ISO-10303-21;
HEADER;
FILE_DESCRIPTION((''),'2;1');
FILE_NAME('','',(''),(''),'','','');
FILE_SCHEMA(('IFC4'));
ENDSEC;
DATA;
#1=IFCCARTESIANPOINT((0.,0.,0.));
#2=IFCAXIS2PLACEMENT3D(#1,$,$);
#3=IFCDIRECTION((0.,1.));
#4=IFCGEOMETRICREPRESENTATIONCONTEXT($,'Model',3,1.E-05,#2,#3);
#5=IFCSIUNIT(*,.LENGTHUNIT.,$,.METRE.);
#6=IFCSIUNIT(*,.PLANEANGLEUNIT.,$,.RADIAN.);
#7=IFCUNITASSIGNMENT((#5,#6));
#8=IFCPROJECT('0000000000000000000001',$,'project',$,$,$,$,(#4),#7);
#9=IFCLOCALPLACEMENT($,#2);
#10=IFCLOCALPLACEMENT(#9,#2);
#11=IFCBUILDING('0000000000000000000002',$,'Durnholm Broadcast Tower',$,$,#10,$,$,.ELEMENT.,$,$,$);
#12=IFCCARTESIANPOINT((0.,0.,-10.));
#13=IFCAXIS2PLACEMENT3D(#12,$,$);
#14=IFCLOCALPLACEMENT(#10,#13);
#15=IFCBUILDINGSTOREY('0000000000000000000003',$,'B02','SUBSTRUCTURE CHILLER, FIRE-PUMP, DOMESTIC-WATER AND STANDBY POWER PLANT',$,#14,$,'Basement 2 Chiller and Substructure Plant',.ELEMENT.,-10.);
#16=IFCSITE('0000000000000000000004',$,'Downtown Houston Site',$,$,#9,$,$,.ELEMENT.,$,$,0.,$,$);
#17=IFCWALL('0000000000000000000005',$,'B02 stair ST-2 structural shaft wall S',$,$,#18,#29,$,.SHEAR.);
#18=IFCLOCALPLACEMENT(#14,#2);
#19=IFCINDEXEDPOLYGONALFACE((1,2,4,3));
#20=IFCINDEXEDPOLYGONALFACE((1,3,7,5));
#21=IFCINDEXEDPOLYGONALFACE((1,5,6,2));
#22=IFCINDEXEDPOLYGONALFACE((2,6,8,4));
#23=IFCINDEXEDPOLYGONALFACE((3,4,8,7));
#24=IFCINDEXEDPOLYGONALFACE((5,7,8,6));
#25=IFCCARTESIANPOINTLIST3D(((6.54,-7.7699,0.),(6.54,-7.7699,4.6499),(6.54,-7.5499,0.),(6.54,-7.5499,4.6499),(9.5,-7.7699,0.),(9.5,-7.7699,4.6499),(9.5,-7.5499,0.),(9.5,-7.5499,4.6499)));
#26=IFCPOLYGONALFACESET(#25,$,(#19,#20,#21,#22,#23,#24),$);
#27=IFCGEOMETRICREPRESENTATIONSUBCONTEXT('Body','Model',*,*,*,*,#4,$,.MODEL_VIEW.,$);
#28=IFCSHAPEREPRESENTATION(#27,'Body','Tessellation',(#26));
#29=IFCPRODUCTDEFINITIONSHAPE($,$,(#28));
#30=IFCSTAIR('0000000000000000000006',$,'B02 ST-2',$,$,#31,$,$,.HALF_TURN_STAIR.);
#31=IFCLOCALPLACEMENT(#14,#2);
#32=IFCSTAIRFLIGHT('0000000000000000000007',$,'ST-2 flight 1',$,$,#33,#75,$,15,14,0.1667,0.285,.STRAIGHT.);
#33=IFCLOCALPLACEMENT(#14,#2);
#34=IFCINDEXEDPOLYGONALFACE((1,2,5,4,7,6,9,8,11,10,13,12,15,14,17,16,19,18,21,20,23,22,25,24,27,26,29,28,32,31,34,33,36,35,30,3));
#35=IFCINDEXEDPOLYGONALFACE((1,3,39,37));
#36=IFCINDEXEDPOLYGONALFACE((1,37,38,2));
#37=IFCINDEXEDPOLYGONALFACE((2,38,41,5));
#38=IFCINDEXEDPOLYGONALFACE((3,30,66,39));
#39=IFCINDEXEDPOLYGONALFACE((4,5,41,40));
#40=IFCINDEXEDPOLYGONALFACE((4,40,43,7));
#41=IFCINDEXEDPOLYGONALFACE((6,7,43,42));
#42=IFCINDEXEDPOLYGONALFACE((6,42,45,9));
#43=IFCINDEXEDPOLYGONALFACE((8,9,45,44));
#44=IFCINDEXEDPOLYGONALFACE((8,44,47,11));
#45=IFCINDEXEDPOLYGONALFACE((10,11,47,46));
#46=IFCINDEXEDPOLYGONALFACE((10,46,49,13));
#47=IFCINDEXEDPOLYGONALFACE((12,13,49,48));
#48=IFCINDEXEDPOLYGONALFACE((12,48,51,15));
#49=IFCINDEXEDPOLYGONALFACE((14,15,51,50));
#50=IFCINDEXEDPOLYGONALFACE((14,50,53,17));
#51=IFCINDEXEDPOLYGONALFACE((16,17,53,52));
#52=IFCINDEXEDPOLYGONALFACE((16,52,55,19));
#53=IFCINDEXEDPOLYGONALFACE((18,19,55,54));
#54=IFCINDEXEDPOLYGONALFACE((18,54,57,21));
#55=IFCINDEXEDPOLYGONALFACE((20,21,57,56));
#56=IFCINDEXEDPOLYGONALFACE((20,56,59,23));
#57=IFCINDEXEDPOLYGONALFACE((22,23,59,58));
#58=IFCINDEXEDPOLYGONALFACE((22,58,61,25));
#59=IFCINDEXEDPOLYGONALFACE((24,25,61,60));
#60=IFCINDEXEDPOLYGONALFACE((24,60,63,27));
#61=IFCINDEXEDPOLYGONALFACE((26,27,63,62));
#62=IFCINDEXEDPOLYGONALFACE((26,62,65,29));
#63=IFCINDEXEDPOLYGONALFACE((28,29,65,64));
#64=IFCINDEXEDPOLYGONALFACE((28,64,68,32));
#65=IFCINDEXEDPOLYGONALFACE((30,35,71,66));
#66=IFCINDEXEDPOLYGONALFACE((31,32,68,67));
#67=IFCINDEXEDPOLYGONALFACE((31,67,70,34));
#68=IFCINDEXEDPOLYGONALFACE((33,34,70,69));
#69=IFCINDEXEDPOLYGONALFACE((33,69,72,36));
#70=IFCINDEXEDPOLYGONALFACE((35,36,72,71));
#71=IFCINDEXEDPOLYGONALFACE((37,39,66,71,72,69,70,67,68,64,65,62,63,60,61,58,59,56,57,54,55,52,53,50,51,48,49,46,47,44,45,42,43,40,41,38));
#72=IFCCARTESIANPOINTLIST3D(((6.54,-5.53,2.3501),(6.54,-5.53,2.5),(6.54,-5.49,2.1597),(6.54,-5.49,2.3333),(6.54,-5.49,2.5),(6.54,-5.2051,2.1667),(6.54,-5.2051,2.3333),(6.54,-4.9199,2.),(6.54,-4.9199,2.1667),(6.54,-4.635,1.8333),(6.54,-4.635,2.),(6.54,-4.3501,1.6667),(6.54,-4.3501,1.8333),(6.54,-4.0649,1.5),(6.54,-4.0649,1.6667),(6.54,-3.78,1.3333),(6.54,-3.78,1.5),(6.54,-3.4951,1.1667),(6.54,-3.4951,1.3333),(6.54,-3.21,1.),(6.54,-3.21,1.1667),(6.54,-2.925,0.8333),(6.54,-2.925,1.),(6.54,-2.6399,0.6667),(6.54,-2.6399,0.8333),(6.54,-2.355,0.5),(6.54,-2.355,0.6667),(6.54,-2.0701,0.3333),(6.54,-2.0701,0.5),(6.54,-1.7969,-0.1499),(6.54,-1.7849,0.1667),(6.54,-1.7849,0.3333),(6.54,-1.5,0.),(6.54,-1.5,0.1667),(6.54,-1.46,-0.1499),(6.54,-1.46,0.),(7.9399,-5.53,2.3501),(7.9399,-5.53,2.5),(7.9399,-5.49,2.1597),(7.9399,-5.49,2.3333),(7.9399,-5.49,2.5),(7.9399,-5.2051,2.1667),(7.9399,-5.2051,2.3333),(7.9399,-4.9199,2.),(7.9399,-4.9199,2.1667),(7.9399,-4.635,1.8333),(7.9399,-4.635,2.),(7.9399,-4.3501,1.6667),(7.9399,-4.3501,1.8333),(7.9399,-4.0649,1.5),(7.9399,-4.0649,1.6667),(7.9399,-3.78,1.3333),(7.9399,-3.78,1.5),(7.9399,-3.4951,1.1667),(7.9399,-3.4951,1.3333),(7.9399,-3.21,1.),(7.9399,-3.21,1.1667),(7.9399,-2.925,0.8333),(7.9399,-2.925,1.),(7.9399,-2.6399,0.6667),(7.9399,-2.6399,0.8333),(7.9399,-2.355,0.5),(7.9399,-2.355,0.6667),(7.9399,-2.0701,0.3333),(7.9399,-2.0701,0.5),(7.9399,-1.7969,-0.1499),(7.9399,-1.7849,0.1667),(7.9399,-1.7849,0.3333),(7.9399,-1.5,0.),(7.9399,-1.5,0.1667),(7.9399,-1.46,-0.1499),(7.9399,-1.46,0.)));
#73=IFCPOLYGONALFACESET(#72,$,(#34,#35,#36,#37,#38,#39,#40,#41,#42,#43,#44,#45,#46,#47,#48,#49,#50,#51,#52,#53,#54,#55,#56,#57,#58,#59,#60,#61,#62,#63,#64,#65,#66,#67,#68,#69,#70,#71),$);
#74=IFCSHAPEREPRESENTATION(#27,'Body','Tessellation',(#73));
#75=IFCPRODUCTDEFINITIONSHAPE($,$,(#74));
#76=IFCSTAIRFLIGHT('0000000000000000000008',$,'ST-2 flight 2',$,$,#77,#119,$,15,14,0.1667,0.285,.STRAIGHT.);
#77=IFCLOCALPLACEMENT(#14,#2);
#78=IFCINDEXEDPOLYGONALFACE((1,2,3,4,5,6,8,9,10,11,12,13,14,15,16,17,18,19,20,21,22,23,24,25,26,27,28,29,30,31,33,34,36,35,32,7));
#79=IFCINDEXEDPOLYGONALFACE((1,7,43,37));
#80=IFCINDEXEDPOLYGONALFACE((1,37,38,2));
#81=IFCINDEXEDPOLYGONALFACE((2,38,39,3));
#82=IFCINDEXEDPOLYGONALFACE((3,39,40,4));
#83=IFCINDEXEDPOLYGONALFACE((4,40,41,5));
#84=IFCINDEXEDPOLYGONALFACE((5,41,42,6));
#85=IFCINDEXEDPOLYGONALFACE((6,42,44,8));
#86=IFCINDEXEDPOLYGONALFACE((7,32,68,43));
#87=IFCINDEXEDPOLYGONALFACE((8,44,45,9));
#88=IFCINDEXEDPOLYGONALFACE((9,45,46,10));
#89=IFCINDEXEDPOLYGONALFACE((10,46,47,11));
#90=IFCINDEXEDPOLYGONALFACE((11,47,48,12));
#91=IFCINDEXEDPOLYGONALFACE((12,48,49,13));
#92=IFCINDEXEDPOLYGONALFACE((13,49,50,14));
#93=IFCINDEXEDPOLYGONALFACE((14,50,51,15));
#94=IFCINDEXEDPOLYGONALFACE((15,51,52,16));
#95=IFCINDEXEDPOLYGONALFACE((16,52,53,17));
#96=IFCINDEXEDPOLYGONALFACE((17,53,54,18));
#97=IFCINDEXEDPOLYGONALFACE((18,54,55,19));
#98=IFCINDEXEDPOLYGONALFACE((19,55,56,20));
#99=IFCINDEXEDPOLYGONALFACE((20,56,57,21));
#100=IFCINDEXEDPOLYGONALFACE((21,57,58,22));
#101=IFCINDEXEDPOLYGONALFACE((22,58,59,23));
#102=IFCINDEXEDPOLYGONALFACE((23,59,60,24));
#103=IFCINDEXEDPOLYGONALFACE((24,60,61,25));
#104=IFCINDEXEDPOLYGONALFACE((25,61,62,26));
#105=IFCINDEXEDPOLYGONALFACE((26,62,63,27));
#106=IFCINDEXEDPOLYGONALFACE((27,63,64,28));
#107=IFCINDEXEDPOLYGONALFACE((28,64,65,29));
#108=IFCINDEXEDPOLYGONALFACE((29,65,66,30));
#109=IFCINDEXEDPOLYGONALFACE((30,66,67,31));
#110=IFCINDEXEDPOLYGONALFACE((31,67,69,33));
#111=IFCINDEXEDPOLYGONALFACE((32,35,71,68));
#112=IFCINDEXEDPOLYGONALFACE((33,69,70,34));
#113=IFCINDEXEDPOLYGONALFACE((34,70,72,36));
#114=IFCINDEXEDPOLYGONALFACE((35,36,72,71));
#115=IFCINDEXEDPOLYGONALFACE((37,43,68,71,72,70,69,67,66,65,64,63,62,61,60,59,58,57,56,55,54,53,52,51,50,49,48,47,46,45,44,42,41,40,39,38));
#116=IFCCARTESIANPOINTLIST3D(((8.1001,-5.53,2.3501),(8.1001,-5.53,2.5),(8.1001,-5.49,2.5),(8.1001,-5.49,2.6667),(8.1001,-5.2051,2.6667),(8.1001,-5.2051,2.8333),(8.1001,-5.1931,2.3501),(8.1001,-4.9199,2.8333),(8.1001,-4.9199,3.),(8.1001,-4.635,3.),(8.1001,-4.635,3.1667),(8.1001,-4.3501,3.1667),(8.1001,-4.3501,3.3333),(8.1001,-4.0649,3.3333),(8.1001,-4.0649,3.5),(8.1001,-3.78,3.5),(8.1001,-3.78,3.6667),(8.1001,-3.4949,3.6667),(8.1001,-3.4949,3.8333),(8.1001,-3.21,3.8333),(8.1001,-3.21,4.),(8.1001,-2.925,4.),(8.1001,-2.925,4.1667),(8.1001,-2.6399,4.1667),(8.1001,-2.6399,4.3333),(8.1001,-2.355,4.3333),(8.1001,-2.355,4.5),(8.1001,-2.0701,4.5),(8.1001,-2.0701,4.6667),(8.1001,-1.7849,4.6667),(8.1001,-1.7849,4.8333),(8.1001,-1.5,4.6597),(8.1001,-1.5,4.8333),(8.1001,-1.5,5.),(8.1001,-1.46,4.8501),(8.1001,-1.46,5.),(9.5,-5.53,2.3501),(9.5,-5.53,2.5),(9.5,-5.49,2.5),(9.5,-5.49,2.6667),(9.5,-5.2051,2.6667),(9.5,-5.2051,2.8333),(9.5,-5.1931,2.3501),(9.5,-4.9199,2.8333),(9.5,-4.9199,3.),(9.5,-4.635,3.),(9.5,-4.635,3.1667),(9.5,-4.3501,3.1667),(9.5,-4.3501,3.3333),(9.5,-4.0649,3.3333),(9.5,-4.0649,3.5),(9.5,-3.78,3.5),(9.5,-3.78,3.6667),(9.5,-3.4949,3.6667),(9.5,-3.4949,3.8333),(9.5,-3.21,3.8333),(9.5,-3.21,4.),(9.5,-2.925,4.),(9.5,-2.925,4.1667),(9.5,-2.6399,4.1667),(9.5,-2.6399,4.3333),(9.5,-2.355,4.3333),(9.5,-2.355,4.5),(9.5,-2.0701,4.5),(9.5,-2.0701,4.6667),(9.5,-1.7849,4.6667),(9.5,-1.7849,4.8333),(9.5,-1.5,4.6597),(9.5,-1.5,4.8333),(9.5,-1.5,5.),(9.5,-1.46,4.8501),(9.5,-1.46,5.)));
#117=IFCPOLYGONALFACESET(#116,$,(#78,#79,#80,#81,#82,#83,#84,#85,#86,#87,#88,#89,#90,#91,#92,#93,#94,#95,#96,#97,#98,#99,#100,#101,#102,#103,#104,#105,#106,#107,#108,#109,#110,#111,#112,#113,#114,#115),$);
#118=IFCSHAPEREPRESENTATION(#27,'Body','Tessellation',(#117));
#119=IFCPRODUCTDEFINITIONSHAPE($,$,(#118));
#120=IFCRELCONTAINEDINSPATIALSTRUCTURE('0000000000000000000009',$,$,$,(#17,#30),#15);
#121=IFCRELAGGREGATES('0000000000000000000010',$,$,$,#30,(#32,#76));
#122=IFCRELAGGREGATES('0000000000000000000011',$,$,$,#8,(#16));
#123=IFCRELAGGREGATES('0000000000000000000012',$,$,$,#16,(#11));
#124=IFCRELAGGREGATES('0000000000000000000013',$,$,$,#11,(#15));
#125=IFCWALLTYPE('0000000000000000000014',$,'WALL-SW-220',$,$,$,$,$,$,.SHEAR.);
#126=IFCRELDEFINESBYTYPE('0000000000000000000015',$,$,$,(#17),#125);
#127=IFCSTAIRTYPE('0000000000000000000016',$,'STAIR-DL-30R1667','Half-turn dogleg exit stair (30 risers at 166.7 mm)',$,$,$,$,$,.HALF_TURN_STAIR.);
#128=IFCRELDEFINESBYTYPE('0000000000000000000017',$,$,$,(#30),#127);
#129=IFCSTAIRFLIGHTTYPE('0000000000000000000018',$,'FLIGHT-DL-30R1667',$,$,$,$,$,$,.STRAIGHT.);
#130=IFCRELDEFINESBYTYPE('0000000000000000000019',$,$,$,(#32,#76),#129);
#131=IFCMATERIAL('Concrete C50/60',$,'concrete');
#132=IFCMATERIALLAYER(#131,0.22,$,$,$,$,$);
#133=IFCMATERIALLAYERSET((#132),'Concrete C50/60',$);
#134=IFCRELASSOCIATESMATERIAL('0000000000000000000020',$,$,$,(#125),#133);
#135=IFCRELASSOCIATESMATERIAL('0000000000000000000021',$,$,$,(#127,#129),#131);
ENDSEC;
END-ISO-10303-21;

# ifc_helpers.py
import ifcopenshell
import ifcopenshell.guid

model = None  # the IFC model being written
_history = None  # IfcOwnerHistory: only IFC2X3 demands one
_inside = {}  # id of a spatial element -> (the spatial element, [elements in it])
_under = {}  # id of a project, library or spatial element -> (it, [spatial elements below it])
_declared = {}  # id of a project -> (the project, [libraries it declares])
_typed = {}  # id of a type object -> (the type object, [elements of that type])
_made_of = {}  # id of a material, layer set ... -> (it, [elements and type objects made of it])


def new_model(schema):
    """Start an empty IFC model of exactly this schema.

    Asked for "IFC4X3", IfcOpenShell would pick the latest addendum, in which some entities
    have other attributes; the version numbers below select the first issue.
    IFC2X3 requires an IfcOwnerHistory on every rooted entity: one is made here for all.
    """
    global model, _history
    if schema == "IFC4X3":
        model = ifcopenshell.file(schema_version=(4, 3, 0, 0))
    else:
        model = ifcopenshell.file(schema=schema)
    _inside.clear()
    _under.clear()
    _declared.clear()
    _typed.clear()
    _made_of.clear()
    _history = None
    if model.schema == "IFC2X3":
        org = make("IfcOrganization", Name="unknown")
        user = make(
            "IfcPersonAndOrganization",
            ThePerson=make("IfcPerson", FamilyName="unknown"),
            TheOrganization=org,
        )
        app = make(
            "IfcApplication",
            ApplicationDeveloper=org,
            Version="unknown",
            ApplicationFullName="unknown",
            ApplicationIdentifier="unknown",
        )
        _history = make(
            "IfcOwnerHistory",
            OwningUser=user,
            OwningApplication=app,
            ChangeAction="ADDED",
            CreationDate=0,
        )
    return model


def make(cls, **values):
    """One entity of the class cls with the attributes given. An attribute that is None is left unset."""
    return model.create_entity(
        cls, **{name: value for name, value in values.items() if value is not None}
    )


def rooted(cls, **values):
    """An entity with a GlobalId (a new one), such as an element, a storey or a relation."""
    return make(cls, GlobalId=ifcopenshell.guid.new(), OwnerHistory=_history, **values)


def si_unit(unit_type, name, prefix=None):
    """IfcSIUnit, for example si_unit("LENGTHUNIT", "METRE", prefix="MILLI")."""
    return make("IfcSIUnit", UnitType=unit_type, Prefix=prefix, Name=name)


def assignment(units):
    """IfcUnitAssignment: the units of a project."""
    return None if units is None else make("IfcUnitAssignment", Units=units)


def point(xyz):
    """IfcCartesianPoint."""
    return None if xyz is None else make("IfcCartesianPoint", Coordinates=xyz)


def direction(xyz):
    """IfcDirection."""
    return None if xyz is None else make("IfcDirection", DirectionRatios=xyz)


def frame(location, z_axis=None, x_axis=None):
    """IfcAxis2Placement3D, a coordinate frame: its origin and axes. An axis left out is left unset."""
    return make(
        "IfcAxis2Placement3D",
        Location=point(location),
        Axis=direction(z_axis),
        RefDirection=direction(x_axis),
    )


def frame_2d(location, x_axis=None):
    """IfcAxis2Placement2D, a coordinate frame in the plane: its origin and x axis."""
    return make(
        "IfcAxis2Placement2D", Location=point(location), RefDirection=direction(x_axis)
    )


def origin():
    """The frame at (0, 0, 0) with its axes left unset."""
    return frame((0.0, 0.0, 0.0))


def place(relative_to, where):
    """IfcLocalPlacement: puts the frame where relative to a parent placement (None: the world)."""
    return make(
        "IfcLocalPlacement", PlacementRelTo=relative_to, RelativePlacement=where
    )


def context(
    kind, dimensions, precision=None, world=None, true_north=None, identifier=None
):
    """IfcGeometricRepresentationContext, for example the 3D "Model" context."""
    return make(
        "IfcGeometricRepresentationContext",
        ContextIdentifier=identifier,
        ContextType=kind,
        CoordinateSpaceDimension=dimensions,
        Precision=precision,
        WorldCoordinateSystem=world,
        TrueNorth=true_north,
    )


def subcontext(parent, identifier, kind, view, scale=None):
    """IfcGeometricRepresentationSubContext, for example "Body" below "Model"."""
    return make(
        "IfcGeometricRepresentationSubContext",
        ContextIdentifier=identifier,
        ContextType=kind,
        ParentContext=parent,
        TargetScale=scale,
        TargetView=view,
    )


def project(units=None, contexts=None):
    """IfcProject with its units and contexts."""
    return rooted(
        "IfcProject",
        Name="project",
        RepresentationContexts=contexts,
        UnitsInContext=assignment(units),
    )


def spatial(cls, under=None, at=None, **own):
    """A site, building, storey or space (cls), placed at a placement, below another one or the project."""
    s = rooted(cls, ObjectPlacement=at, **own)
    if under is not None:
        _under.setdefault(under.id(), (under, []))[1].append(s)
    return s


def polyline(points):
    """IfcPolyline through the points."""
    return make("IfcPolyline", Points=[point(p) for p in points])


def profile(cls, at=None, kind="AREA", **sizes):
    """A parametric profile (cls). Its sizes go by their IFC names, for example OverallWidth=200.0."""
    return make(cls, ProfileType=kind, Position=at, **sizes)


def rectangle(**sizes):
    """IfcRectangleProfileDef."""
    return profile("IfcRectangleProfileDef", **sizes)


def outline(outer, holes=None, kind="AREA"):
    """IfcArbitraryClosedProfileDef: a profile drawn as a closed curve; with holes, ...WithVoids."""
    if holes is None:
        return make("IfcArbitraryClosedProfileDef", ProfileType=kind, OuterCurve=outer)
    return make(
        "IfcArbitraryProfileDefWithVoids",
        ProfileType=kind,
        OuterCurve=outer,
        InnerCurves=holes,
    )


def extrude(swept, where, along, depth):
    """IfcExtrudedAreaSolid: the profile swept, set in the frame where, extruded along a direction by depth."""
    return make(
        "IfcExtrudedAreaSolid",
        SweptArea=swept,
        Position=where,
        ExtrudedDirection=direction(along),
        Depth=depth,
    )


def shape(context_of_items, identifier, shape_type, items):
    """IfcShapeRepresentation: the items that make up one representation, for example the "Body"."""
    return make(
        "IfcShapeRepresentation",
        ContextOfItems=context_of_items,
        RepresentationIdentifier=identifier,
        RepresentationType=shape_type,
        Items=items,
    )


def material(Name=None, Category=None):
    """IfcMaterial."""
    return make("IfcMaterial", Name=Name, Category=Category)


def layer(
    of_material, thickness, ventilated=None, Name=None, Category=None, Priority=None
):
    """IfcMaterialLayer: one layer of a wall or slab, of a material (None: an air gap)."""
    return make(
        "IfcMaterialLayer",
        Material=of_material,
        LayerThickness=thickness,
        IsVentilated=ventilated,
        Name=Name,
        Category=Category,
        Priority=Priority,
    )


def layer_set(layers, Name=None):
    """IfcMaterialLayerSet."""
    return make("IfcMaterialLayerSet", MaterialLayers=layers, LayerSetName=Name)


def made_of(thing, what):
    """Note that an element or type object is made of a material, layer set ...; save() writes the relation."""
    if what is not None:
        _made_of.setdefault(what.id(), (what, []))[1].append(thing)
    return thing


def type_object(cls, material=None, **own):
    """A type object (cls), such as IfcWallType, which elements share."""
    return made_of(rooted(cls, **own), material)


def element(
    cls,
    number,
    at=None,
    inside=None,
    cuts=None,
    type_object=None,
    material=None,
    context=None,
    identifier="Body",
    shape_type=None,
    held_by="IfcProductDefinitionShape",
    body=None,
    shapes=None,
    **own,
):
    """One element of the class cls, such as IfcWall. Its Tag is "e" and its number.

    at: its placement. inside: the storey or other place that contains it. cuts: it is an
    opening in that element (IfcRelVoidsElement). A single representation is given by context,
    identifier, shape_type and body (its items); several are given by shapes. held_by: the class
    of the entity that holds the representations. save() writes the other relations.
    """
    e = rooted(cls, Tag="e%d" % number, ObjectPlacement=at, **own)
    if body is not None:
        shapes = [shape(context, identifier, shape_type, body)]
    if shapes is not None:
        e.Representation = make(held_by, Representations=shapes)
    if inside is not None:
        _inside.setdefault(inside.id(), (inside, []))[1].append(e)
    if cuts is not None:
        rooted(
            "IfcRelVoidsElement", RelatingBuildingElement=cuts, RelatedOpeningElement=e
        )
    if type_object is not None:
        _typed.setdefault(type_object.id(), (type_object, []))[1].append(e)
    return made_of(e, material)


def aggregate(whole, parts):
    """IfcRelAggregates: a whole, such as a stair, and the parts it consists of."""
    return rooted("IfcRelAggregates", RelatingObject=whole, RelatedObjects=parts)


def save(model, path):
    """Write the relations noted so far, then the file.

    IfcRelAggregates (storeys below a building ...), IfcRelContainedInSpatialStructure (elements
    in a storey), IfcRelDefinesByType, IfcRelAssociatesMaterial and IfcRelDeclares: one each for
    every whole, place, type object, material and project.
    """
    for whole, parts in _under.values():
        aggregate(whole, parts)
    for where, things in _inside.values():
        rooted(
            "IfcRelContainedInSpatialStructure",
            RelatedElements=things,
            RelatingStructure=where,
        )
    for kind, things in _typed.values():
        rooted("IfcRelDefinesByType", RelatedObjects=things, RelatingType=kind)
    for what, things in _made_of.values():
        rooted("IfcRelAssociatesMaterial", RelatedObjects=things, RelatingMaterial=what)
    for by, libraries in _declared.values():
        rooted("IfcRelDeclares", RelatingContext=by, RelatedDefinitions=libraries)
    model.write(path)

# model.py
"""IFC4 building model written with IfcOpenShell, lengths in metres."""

from ifc_helpers import new_model, si_unit, direction, frame, frame_2d, origin, place, context, subcontext, project, spatial, polyline, rectangle, outline, extrude, material, layer, layer_set, type_object, element, aggregate, save


model = new_model("IFC4")

# Units and contexts
model_context = context("Model", 3, precision=1e-05, world=origin(), true_north=direction((0.0, 1.0)))
body_context = subcontext(model_context, "Body", "Model", "MODEL_VIEW")
ifc_project = project(units=[si_unit("LENGTHUNIT", "METRE"), si_unit("PLANEANGLEUNIT", "RADIAN")], contexts=[model_context])

# Site, building, storey
site_placement = place(None, origin())
site = spatial("IfcSite", under=ifc_project, at=site_placement, Name="Downtown Houston Site", CompositionType="ELEMENT", RefElevation=0.0)
building_placement = place(site_placement, origin())
building = spatial("IfcBuilding", under=site, at=building_placement, Name="Durnholm Broadcast Tower", CompositionType="ELEMENT")
storey_placement = place(building_placement, frame((0.0, 0.0, -10.0)))
storey = spatial("IfcBuildingStorey", under=building, at=storey_placement, Name="B02", Description="SUBSTRUCTURE CHILLER, FIRE-PUMP, DOMESTIC-WATER AND STANDBY POWER PLANT", LongName="Basement 2 Chiller and Substructure Plant", CompositionType="ELEMENT", Elevation=-10.0)

# Shared definitions
ifc_material_1 = material(Name="Concrete C50/60", Category="concrete")

# Wall
ifc_layer_1 = layer(ifc_material_1, 0.22)
ifc_layer_set_1 = layer_set([ifc_layer_1], Name="Concrete C50/60")
wall_type_1 = type_object("IfcWallType", Name="WALL-SW-220", PredefinedType="SHEAR", material=ifc_layer_set_1)
wall_1_placement = place(storey_placement, frame((6.54, -7.6599, 0.0), z_axis=(0.0, 0.0, 1.0), x_axis=(1.0, 0.0, 0.0)))
element("IfcWall", 1, at=wall_1_placement, inside=storey, type_object=wall_type_1, Name="B02 stair ST-2 structural shaft wall S", PredefinedType="SHEAR", context=body_context, shape_type="SweptSolid", body=[
    extrude(rectangle(XDim=2.96, YDim=0.22, at=frame_2d((1.48, 0.0))), origin(), (0.0, 0.0, 1.0), 4.6499),
])

# Stair, stair flights
stair_type = type_object("IfcStairType", Name="STAIR-DL-30R1667", Description="Half-turn dogleg exit stair (30 risers at 166.7 mm)", PredefinedType="HALF_TURN_STAIR", material=ifc_material_1)
stair_placement = place(storey_placement, origin())
stair = element("IfcStair", 2, at=stair_placement, inside=storey, type_object=stair_type, Name="B02 ST-2", PredefinedType="HALF_TURN_STAIR")
stair_flight_type = type_object("IfcStairFlightType", Name="FLIGHT-DL-30R1667", PredefinedType="STRAIGHT", material=ifc_material_1)
stair_flight_1_placement = place(storey_placement, frame((7.24, -1.5, 0.0), z_axis=(0.0, 0.0, 1.0), x_axis=(0.0, -1.0, 0.0)))
stair_flight_1 = element("IfcStairFlight", 3, at=stair_flight_1_placement, type_object=stair_flight_type, Name="ST-2 flight 1", NumberOfRisers=15, NumberOfTreads=14, PredefinedType="STRAIGHT", RiserHeight=0.1667, TreadLength=0.285, context=body_context, shape_type="SweptSolid", body=[
    extrude(outline(polyline([(-0.04, -0.1499), (-0.04, 0.0), (0.0, 0.0), (0.0, 0.1667), (0.2849, 0.1667), (0.2849, 0.3333), (0.5701, 0.3333), (0.5701, 0.5), (0.855, 0.5), (0.855, 0.6667), (1.1399, 0.6667), (1.1399, 0.8333), (1.425, 0.8333), (1.425, 1.0), (1.71, 1.0), (1.71, 1.1667), (1.9951, 1.1667), (1.9951, 1.3333), (2.28, 1.3333), (2.28, 1.5), (2.5649, 1.5), (2.5649, 1.6667), (2.8501, 1.6667), (2.8501, 1.8333), (3.135, 1.8333), (3.135, 2.0), (3.4199, 2.0), (3.4199, 2.1667), (3.7051, 2.1667), (3.7051, 2.3333), (3.99, 2.3333), (3.99, 2.5), (4.03, 2.5), (4.03, 2.3501), (3.99, 2.1597), (0.2969, -0.1499), (-0.04, -0.1499)])), frame((0.0, 0.7, 0.0), z_axis=(0.0, -1.0, 0.0), x_axis=(1.0, 0.0, 0.0)), (0.0, 0.0, 1.0), 1.3999),
])
stair_flight_2_placement = place(storey_placement, frame((8.8, -5.49, 2.5), z_axis=(0.0, 0.0, 1.0), x_axis=(0.0, 1.0, 0.0)))
stair_flight_2 = element("IfcStairFlight", 4, at=stair_flight_2_placement, type_object=stair_flight_type, Name="ST-2 flight 2", NumberOfRisers=15, NumberOfTreads=14, PredefinedType="STRAIGHT", RiserHeight=0.1667, TreadLength=0.285, context=body_context, shape_type="SweptSolid", body=[
    extrude(outline(polyline([(-0.04, -0.1499), (-0.04, 0.0), (0.0, 0.0), (0.0, 0.1667), (0.2849, 0.1667), (0.2849, 0.3333), (0.5701, 0.3333), (0.5701, 0.5), (0.855, 0.5), (0.855, 0.6667), (1.1399, 0.6667), (1.1399, 0.8333), (1.425, 0.8333), (1.425, 1.0), (1.71, 1.0), (1.71, 1.1667), (1.9951, 1.1667), (1.9951, 1.3333), (2.28, 1.3333), (2.28, 1.5), (2.5649, 1.5), (2.5649, 1.6667), (2.8501, 1.6667), (2.8501, 1.8333), (3.135, 1.8333), (3.135, 2.0), (3.4199, 2.0), (3.4199, 2.1667), (3.7051, 2.1667), (3.7051, 2.3333), (3.99, 2.3333), (3.99, 2.5), (4.03, 2.5), (4.03, 2.3501), (3.99, 2.1597), (0.2969, -0.1499), (-0.04, -0.1499)])), frame((0.0, 0.7, 0.0), z_axis=(0.0, -1.0, 0.0), x_axis=(1.0, 0.0, 0.0)), (0.0, 0.0, 1.0), 1.3999),
])
aggregate(stair, [stair_flight_1, stair_flight_2])

save(model, "model.ifc")
